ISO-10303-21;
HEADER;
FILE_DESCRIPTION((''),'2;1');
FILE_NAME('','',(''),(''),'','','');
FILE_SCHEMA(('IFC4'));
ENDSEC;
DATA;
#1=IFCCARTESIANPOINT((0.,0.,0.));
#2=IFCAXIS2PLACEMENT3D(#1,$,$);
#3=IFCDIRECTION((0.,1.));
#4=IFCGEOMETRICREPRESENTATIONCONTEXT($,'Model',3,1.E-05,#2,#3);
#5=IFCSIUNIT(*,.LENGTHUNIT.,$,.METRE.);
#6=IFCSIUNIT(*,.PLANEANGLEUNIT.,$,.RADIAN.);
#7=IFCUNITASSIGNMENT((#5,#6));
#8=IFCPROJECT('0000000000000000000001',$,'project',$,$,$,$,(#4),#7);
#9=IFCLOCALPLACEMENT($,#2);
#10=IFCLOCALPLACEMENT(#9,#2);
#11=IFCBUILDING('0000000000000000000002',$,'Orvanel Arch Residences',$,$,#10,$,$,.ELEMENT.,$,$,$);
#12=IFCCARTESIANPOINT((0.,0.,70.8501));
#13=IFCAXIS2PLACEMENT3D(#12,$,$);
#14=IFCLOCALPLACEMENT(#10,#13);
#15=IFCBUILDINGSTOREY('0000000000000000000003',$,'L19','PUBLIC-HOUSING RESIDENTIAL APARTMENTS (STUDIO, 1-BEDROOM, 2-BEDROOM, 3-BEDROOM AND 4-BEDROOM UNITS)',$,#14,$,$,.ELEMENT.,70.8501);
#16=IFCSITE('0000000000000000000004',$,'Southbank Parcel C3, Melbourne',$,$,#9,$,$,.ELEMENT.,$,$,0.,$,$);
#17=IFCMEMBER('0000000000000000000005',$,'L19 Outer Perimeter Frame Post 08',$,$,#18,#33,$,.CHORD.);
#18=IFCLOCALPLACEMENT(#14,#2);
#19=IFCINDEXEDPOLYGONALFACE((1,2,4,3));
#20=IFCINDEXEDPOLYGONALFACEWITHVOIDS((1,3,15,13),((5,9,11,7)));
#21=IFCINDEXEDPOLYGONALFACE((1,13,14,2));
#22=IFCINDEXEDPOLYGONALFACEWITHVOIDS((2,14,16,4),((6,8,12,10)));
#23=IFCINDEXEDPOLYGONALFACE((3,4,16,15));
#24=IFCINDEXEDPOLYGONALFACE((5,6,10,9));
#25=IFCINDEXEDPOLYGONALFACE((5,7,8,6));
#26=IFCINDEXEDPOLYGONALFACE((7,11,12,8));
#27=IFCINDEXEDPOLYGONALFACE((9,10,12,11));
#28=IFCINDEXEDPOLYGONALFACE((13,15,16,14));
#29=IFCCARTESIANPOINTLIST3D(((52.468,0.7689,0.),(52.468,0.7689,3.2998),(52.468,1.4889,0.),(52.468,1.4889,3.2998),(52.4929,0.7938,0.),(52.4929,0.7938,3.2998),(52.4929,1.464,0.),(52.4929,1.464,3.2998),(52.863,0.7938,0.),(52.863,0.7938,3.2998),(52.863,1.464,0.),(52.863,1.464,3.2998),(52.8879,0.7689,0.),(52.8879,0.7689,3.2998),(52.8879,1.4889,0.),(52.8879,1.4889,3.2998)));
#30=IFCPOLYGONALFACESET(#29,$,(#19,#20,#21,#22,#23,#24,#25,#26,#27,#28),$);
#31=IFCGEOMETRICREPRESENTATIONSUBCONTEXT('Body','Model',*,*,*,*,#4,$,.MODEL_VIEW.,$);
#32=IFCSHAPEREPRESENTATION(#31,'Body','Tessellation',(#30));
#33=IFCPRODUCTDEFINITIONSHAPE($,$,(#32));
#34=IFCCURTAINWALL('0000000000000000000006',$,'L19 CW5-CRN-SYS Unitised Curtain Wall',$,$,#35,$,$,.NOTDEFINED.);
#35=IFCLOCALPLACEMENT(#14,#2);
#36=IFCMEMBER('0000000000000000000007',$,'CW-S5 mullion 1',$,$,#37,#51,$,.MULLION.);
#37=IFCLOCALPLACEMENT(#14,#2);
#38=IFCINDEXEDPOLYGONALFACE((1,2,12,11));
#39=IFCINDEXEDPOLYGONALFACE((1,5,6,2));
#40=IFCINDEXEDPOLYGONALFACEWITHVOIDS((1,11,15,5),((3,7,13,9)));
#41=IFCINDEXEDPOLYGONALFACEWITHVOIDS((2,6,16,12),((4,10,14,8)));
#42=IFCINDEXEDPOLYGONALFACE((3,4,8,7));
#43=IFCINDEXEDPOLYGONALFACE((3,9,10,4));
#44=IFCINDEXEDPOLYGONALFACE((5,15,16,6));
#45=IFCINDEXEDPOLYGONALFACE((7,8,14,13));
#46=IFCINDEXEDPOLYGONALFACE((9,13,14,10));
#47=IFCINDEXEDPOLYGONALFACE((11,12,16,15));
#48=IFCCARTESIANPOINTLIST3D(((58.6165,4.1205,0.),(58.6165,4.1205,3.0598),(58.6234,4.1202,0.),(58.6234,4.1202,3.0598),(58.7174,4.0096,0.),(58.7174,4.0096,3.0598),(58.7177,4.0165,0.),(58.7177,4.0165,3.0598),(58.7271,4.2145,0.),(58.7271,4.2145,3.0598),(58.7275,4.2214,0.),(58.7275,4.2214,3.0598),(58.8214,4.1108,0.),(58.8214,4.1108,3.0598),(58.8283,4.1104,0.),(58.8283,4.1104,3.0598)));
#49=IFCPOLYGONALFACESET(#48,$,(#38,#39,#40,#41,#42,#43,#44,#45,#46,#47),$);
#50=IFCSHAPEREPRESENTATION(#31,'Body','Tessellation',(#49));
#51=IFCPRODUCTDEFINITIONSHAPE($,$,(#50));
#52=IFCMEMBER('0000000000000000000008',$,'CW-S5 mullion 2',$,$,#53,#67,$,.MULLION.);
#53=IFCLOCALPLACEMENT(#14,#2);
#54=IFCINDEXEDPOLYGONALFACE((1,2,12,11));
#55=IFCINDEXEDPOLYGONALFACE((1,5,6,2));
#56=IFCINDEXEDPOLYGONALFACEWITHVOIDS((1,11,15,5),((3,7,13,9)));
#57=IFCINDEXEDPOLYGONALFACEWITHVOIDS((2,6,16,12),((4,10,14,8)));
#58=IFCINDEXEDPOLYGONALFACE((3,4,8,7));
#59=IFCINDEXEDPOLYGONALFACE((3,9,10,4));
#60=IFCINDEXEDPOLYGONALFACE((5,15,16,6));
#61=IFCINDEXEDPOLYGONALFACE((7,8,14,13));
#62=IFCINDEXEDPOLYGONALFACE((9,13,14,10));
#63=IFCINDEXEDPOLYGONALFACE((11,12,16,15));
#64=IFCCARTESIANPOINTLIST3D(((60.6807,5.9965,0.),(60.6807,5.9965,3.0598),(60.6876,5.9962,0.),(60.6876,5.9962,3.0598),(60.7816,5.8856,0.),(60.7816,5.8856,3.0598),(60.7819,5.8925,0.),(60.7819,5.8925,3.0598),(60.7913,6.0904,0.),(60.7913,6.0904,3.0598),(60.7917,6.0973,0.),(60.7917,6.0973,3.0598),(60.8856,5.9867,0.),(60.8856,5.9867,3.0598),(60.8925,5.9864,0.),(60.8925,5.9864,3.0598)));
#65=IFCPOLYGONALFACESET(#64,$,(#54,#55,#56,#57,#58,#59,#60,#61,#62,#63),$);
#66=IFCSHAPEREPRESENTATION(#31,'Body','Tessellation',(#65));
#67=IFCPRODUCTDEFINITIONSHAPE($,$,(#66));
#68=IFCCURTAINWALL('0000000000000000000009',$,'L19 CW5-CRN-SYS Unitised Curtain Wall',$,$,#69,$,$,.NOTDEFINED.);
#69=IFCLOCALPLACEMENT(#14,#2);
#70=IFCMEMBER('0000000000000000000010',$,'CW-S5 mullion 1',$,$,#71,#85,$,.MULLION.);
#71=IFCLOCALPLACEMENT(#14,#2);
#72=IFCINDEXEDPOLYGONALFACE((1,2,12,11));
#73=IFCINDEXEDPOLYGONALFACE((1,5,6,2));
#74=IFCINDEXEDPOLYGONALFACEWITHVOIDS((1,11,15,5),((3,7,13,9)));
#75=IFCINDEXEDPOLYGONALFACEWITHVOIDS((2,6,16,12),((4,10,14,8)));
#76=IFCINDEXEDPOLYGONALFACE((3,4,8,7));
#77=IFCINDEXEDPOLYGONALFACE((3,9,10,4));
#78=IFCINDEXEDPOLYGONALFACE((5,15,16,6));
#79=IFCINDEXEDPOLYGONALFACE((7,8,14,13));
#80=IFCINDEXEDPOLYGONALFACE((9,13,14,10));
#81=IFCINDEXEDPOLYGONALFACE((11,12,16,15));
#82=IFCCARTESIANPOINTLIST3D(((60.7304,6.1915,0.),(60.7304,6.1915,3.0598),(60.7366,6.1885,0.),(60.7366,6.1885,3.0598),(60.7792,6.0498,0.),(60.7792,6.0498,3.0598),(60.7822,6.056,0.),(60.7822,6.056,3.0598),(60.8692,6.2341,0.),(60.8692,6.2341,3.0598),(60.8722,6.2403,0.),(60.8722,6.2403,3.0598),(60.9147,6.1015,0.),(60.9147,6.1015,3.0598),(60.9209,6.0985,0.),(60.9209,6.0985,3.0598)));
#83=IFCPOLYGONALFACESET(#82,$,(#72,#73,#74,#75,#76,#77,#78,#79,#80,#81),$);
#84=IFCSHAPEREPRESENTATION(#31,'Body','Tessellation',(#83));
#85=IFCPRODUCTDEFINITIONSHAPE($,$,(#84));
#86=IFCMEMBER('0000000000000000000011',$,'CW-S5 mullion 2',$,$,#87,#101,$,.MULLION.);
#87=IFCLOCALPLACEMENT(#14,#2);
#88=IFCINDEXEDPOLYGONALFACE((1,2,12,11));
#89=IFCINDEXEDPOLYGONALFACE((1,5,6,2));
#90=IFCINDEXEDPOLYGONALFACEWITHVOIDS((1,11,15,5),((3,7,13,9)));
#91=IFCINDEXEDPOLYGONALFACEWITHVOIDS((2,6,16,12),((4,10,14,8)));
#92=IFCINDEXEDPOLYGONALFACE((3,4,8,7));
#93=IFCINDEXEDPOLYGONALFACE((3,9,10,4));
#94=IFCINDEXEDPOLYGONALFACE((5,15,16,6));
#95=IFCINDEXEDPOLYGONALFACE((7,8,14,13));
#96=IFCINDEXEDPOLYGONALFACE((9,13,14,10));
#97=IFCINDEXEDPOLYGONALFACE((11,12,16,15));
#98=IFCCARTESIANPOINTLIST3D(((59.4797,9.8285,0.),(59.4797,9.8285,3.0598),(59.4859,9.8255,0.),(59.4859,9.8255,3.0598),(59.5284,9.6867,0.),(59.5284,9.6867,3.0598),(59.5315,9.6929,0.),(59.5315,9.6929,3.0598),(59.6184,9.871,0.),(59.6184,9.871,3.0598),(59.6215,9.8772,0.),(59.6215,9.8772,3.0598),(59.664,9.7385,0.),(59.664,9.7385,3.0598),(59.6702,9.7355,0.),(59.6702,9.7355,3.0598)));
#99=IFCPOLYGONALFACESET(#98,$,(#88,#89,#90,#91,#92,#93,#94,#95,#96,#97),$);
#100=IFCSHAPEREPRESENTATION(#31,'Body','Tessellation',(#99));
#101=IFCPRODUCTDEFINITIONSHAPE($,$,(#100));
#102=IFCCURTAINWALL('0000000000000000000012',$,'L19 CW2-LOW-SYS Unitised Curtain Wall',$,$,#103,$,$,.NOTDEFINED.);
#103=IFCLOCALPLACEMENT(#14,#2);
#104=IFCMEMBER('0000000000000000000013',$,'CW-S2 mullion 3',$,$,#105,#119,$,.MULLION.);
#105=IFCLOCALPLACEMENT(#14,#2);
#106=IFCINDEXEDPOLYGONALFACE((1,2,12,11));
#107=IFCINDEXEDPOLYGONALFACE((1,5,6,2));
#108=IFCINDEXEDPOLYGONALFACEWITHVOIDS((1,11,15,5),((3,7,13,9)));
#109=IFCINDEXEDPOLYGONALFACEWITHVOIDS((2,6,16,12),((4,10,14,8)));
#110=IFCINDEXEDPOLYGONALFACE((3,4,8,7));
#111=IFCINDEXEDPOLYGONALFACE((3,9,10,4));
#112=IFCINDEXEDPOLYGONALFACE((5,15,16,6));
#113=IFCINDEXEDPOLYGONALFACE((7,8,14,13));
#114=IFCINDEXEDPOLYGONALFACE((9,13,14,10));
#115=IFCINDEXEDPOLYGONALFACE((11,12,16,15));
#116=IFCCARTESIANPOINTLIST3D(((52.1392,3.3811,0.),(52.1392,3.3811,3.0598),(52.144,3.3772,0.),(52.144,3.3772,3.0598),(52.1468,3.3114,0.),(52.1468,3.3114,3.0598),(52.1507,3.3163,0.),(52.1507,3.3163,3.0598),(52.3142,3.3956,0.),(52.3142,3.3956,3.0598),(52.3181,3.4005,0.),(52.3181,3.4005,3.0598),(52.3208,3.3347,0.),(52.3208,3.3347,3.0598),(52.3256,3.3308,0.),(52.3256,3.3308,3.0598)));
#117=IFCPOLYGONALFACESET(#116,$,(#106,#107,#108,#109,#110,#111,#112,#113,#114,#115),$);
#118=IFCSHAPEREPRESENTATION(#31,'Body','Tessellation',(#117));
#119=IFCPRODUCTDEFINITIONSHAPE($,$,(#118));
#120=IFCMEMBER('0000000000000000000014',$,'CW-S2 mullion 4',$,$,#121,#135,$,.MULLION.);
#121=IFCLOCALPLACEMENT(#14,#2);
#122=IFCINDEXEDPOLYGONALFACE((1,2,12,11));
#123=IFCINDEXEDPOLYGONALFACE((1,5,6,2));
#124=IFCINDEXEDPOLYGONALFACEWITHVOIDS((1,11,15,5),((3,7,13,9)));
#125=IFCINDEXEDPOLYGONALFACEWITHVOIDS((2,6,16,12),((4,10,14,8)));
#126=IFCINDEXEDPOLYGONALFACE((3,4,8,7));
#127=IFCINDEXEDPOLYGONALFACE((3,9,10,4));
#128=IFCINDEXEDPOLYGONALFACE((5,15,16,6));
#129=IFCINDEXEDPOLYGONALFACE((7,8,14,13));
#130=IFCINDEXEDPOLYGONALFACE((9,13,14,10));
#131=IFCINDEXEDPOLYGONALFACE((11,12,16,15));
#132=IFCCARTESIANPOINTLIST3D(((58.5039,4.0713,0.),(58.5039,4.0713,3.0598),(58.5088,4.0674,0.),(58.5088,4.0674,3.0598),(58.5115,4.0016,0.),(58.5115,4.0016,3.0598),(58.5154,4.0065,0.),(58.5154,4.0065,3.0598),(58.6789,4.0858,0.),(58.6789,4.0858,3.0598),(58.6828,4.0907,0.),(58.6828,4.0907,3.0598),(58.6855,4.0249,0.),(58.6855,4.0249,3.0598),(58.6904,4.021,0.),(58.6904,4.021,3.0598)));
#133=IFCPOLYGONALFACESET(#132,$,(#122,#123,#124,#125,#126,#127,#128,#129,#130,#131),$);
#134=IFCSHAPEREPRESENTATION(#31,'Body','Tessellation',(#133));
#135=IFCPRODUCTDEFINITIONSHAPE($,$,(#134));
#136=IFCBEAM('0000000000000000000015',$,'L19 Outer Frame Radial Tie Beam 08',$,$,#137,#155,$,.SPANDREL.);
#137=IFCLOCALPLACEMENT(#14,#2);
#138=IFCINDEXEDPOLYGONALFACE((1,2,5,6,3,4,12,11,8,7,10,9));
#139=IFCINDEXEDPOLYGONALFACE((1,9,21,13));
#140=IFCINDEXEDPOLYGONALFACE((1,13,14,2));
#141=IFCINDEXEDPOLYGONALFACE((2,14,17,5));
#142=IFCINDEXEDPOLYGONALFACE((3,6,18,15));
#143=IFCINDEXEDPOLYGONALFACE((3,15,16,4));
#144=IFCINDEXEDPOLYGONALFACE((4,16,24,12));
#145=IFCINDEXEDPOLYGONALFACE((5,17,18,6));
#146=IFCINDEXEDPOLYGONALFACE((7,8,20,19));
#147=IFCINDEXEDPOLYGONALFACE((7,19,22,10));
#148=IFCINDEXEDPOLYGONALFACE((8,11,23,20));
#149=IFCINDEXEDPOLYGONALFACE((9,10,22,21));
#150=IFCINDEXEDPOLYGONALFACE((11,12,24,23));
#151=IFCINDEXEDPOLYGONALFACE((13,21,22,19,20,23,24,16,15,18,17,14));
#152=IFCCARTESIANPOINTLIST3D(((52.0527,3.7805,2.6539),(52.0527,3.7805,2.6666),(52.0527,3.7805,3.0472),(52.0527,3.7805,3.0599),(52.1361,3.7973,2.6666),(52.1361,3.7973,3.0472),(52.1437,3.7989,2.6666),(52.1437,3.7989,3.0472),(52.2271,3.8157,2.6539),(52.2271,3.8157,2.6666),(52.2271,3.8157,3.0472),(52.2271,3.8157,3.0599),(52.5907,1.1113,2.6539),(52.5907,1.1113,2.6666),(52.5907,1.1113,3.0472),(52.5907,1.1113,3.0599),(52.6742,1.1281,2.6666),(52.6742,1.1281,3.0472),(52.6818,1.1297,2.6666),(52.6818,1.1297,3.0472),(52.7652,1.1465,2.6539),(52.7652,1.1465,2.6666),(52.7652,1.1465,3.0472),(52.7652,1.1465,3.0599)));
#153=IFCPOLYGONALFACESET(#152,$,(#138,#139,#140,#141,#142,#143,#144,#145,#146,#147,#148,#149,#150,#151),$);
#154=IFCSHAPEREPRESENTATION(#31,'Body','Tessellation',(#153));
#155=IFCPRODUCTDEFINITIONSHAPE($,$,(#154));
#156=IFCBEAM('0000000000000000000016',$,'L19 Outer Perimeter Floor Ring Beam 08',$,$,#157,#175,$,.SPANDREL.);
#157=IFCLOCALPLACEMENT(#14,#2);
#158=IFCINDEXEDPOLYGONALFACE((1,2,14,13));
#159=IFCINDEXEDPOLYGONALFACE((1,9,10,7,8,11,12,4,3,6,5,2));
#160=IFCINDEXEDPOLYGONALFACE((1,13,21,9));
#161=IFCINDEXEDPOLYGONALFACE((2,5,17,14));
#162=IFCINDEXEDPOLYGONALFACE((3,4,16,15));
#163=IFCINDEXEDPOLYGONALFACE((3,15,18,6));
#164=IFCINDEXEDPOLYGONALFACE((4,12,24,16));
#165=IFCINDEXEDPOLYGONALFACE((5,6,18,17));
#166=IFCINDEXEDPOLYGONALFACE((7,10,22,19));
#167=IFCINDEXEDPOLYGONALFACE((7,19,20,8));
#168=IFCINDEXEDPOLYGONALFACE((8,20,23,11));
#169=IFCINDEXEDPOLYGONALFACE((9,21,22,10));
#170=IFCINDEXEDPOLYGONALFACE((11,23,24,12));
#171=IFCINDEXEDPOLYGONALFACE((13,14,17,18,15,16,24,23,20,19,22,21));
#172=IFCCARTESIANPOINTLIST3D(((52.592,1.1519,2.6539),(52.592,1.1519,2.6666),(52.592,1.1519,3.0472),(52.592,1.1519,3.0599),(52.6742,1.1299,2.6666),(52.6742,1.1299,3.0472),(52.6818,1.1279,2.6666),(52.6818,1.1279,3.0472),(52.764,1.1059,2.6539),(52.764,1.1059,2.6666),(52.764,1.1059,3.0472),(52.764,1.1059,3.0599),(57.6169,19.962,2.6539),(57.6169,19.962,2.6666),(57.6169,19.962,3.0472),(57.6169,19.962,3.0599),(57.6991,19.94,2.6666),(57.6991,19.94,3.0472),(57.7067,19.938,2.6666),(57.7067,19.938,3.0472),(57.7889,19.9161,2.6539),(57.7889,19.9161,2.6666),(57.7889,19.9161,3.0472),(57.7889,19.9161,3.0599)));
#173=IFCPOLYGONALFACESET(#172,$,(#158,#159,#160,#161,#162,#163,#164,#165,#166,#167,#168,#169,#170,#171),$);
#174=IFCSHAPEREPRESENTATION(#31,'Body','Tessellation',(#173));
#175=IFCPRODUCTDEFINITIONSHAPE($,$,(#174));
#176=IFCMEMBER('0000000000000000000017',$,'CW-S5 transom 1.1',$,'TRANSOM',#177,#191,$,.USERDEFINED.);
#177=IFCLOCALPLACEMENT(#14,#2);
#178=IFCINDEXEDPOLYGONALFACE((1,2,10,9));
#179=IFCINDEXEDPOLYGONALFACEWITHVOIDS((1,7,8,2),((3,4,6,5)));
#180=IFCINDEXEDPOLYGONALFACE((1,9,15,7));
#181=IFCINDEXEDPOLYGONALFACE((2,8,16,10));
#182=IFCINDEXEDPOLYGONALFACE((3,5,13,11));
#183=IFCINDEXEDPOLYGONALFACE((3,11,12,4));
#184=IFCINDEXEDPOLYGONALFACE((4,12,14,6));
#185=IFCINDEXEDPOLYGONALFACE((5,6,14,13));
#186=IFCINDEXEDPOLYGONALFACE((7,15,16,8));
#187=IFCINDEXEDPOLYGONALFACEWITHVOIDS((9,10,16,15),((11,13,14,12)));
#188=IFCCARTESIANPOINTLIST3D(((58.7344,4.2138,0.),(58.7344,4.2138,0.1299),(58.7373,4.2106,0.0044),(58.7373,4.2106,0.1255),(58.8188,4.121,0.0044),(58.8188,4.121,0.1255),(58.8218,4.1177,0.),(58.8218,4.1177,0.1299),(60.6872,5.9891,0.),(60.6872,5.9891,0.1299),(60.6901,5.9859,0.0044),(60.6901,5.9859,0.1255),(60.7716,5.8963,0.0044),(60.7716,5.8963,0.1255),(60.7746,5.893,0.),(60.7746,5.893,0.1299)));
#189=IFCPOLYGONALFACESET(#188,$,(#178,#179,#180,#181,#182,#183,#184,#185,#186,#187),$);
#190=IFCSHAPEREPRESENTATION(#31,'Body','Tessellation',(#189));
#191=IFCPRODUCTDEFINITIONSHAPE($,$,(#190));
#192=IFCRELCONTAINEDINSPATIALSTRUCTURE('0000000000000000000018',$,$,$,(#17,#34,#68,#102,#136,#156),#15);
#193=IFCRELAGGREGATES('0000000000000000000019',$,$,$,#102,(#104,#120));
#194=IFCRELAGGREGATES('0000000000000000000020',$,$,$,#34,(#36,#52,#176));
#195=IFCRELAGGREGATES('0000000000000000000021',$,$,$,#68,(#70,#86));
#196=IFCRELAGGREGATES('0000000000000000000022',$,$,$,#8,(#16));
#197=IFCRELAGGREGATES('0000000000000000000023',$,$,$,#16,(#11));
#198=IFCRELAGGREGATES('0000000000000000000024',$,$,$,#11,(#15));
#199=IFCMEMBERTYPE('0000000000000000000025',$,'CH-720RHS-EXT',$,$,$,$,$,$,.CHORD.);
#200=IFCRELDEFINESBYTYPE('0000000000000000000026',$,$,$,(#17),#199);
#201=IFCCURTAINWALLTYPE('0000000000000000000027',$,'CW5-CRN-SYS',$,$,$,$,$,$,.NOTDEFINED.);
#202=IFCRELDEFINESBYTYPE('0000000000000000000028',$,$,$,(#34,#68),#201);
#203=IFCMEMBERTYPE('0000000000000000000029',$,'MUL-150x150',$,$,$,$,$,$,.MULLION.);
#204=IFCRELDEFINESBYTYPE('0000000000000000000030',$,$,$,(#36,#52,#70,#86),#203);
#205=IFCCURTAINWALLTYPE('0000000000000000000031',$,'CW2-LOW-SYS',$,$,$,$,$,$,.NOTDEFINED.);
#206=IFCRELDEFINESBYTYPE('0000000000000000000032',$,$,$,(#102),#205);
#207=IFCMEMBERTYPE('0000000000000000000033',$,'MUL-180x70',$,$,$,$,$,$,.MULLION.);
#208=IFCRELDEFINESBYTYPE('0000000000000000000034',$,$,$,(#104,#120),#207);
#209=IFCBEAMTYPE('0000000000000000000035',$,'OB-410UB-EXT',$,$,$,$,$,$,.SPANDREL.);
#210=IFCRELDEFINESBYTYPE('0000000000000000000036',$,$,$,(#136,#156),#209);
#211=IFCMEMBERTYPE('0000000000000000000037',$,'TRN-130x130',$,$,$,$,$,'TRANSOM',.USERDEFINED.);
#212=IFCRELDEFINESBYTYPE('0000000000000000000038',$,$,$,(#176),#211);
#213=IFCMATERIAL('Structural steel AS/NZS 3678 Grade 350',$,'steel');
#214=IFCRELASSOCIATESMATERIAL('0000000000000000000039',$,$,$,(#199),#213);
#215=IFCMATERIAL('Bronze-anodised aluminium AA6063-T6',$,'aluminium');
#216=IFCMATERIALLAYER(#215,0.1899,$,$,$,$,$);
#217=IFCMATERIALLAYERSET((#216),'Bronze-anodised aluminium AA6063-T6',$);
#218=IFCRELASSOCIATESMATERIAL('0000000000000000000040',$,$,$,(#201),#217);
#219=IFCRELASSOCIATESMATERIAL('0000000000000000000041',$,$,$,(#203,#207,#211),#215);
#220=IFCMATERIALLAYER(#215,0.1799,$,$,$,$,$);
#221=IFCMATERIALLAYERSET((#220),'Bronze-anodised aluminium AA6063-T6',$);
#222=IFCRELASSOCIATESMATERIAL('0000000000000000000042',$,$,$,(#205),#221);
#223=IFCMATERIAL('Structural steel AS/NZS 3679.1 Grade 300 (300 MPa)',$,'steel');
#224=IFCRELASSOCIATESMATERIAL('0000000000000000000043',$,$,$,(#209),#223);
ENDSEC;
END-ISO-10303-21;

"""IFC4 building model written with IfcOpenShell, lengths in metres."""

from ifc_helpers import new_model, si_unit, direction, frame, origin, origin_2d, place, context, subcontext, project, spatial, hollow_rectangle, i_section, extrude, material, layer, layer_set, material_profile, profile_set, type_object, element, aggregate, save


model = new_model("IFC4")

# Units and contexts
model_context = context("Model", 3, precision=1e-05, world=origin(), true_north=direction((0.0, 1.0)))
body_context = subcontext(model_context, "Body", "Model", "MODEL_VIEW")
ifc_project = project(units=[si_unit("LENGTHUNIT", "METRE"), si_unit("PLANEANGLEUNIT", "RADIAN")], contexts=[model_context])

# Site, building, storey
site_placement = place(None, origin())
site = spatial("IfcSite", under=ifc_project, at=site_placement, Name="Southbank Parcel C3, Melbourne", CompositionType="ELEMENT", RefElevation=0.0)
building_placement = place(site_placement, origin())
building = spatial("IfcBuilding", under=site, at=building_placement, Name="Orvanel Arch Residences", CompositionType="ELEMENT")
storey_placement = place(building_placement, frame((0.0, 0.0, 70.8501)))
storey = spatial("IfcBuildingStorey", under=building, at=storey_placement, Name="L19", Description="PUBLIC-HOUSING RESIDENTIAL APARTMENTS (STUDIO, 1-BEDROOM, 2-BEDROOM, 3-BEDROOM AND 4-BEDROOM UNITS)", CompositionType="ELEMENT", Elevation=70.8501)

# Member
ifc_material_1 = material(Name="Structural steel AS/NZS 3678 Grade 350", Category="steel")
ifc_material_profile_1 = material_profile(ifc_material_1, hollow_rectangle(XDim=0.4199, YDim=0.72, WallThickness=0.0249, at=origin_2d()), Name="RHS720x420x25")
ifc_profile_set_1 = profile_set([ifc_material_profile_1], Name="Structural steel AS/NZS 3678 Grade 350")
member_type_1 = type_object("IfcMemberType", Name="CH-720RHS-EXT", PredefinedType="CHORD", material=ifc_profile_set_1)
member_1_placement = place(storey_placement, frame((52.678, 1.1289, 0.0), z_axis=(0.0, 0.0, 1.0), x_axis=(1.0, 0.0, 0.0)))
element("IfcMember", 1, at=member_1_placement, inside=storey, type_object=member_type_1, Name="L19 Outer Perimeter Frame Post 08", PredefinedType="CHORD", context=body_context, shape_type="SweptSolid", body=[
    extrude(hollow_rectangle(XDim=0.4199, YDim=0.72, WallThickness=0.0249, at=origin_2d()), origin(), (0.0, 0.0, 1.0), 3.2998),
])

# Curtain walls, members
ifc_material_2 = material(Name="Bronze-anodised aluminium AA6063-T6", Category="aluminium")
ifc_layer_1 = layer(ifc_material_2, 0.1899)
ifc_layer_set_1 = layer_set([ifc_layer_1], Name="Bronze-anodised aluminium AA6063-T6")
curtain_wall_type_1 = type_object("IfcCurtainWallType", Name="CW5-CRN-SYS", PredefinedType="NOTDEFINED", material=ifc_layer_set_1)
curtain_wall_1_placement = place(storey_placement, origin())
curtain_wall_1 = element("IfcCurtainWall", 2, at=curtain_wall_1_placement, inside=storey, type_object=curtain_wall_type_1, Name="L19 CW5-CRN-SYS Unitised Curtain Wall", PredefinedType="NOTDEFINED")
ifc_material_profile_2 = material_profile(ifc_material_2, hollow_rectangle(XDim=0.1499, YDim=0.1499, WallThickness=0.0049, at=origin_2d()), Name="ALU150x150x5")
ifc_profile_set_2 = profile_set([ifc_material_profile_2], Name="Bronze-anodised aluminium AA6063-T6")
member_type_2 = type_object("IfcMemberType", Name="MUL-150x150", PredefinedType="MULLION", material=ifc_profile_set_2)
member_2_placement = place(storey_placement, frame((58.7224, 4.1155, 0.0), z_axis=(0.0, 0.0, 1.0), x_axis=(-0.672622, 0.739986, 0.0)))
member_2 = element("IfcMember", 3, at=member_2_placement, type_object=member_type_2, Name="CW-S5 mullion 1", PredefinedType="MULLION", context=body_context, shape_type="SweptSolid", body=[
    extrude(hollow_rectangle(XDim=0.1499, YDim=0.1499, WallThickness=0.0049, at=origin_2d()), origin(), (0.0, 0.0, 1.0), 3.0598),
])
member_3_placement = place(storey_placement, frame((60.7866, 5.9915, 0.0), z_axis=(0.0, 0.0, 1.0), x_axis=(-0.672622, 0.739986, 0.0)))
member_3 = element("IfcMember", 4, at=member_3_placement, type_object=member_type_2, Name="CW-S5 mullion 2", PredefinedType="MULLION", context=body_context, shape_type="SweptSolid", body=[
    extrude(hollow_rectangle(XDim=0.1499, YDim=0.1499, WallThickness=0.0049, at=origin_2d()), origin(), (0.0, 0.0, 1.0), 3.0598),
])
curtain_wall_2_placement = place(storey_placement, origin())
curtain_wall_2 = element("IfcCurtainWall", 5, at=curtain_wall_2_placement, inside=storey, type_object=curtain_wall_type_1, Name="L19 CW5-CRN-SYS Unitised Curtain Wall", PredefinedType="NOTDEFINED")
member_4_placement = place(storey_placement, frame((60.8257, 6.145, 0.0), z_axis=(0.0, 0.0, 1.0), x_axis=(-0.945657, -0.325165, 0.0)))
member_4 = element("IfcMember", 6, at=member_4_placement, type_object=member_type_2, Name="CW-S5 mullion 1", PredefinedType="MULLION", context=body_context, shape_type="SweptSolid", body=[
    extrude(hollow_rectangle(XDim=0.1499, YDim=0.1499, WallThickness=0.0049, at=origin_2d()), origin(), (0.0, 0.0, 1.0), 3.0598),
])
member_5_placement = place(storey_placement, frame((59.575, 9.782, 0.0), z_axis=(0.0, 0.0, 1.0), x_axis=(-0.945657, -0.325165, 0.0)))
member_5 = element("IfcMember", 7, at=member_5_placement, type_object=member_type_2, Name="CW-S5 mullion 2", PredefinedType="MULLION", context=body_context, shape_type="SweptSolid", body=[
    extrude(hollow_rectangle(XDim=0.1499, YDim=0.1499, WallThickness=0.0049, at=origin_2d()), origin(), (0.0, 0.0, 1.0), 3.0598),
])
ifc_layer_2 = layer(ifc_material_2, 0.1799)
ifc_layer_set_2 = layer_set([ifc_layer_2], Name="Bronze-anodised aluminium AA6063-T6")
curtain_wall_type_2 = type_object("IfcCurtainWallType", Name="CW2-LOW-SYS", PredefinedType="NOTDEFINED", material=ifc_layer_set_2)
curtain_wall_3_placement = place(storey_placement, origin())
curtain_wall_3 = element("IfcCurtainWall", 8, at=curtain_wall_3_placement, inside=storey, type_object=curtain_wall_type_2, Name="L19 CW2-LOW-SYS Unitised Curtain Wall", PredefinedType="NOTDEFINED")
ifc_material_profile_3 = material_profile(ifc_material_2, hollow_rectangle(XDim=0.0701, YDim=0.1799, WallThickness=0.0044, at=origin_2d()), Name="ALU180x70x4.5")
ifc_profile_set_3 = profile_set([ifc_material_profile_3], Name="Bronze-anodised aluminium AA6063-T6")
member_type_3 = type_object("IfcMemberType", Name="MUL-180x70", PredefinedType="MULLION", material=ifc_profile_set_3)
member_6_placement = place(storey_placement, frame((52.2324, 3.356, 0.0), z_axis=(0.0, 0.0, 1.0), x_axis=(-0.107811, 0.994171, 0.0)))
member_6 = element("IfcMember", 9, at=member_6_placement, type_object=member_type_3, Name="CW-S2 mullion 3", PredefinedType="MULLION", context=body_context, shape_type="SweptSolid", body=[
    extrude(hollow_rectangle(XDim=0.0701, YDim=0.1799, WallThickness=0.0044, at=origin_2d()), origin(), (0.0, 0.0, 1.0), 3.0598),
])
member_7_placement = place(storey_placement, frame((58.5972, 4.0461, 0.0), z_axis=(0.0, 0.0, 1.0), x_axis=(-0.107811, 0.994171, 0.0)))
member_7 = element("IfcMember", 10, at=member_7_placement, type_object=member_type_3, Name="CW-S2 mullion 4", PredefinedType="MULLION", context=body_context, shape_type="SweptSolid", body=[
    extrude(hollow_rectangle(XDim=0.0701, YDim=0.1799, WallThickness=0.0044, at=origin_2d()), origin(), (0.0, 0.0, 1.0), 3.0598),
])

# Beams
ifc_material_3 = material(Name="Structural steel AS/NZS 3679.1 Grade 300 (300 MPa)", Category="steel")
ifc_material_profile_4 = material_profile(ifc_material_3, i_section(OverallWidth=0.178, OverallDepth=0.406, WebThickness=0.0078, FlangeThickness=0.0127, at=origin_2d()), Name="410UB59.7")
ifc_profile_set_4 = profile_set([ifc_material_profile_4], Name="Structural steel AS/NZS 3679.1 Grade 300 (300 MPa)")
beam_type = type_object("IfcBeamType", Name="OB-410UB-EXT", PredefinedType="SPANDREL", material=ifc_profile_set_4)
beam_1_placement = place(storey_placement, frame((52.1399, 3.7981, 2.8569), z_axis=(0.197616, -0.98028, 0.0), x_axis=(0.98028, 0.197616, 0.0)))
element("IfcBeam", 11, at=beam_1_placement, inside=storey, type_object=beam_type, Name="L19 Outer Frame Radial Tie Beam 08", PredefinedType="SPANDREL", context=body_context, shape_type="SweptSolid", body=[
    extrude(i_section(OverallWidth=0.178, OverallDepth=0.406, WebThickness=0.0078, FlangeThickness=0.0127, at=origin_2d()), origin(), (0.0, 0.0, 1.0), 2.7229),
])
beam_2_placement = place(storey_placement, frame((52.678, 1.1289, 2.8569), z_axis=(0.258089, 0.966121, 0.0), x_axis=(-0.966121, 0.258089, 0.0)))
element("IfcBeam", 12, at=beam_2_placement, inside=storey, type_object=beam_type, Name="L19 Outer Perimeter Floor Ring Beam 08", PredefinedType="SPANDREL", context=body_context, shape_type="SweptSolid", body=[
    extrude(i_section(OverallWidth=0.178, OverallDepth=0.406, WebThickness=0.0078, FlangeThickness=0.0127, at=origin_2d()), origin(), (0.0, 0.0, 1.0), 19.4697),
])

# Member
ifc_material_profile_5 = material_profile(ifc_material_2, hollow_rectangle(XDim=0.1299, YDim=0.1299, WallThickness=0.0044, at=origin_2d()), Name="ALU130x130x4.5")
ifc_profile_set_5 = profile_set([ifc_material_profile_5], Name="Bronze-anodised aluminium AA6063-T6")
member_type_4 = type_object("IfcMemberType", Name="TRN-130x130", ElementType="TRANSOM", PredefinedType="USERDEFINED", material=ifc_profile_set_5)
member_8_placement = place(storey_placement, frame((58.7781, 4.1658, 0.0649), z_axis=(0.739932, 0.672682, 0.0), x_axis=(-0.672682, 0.739932, 0.0)))
member_8 = element("IfcMember", 13, at=member_8_placement, type_object=member_type_4, Name="CW-S5 transom 1.1", ObjectType="TRANSOM", PredefinedType="USERDEFINED", context=body_context, shape_type="SweptSolid", body=[
    extrude(hollow_rectangle(XDim=0.1299, YDim=0.1299, WallThickness=0.0044, at=origin_2d()), origin(), (0.0, 0.0, 1.0), 2.6392),
])

aggregate(curtain_wall_3, [member_6, member_7])
aggregate(curtain_wall_1, [member_2, member_3, member_8])
aggregate(curtain_wall_2, [member_4, member_5])

save(model, "model.ifc")
